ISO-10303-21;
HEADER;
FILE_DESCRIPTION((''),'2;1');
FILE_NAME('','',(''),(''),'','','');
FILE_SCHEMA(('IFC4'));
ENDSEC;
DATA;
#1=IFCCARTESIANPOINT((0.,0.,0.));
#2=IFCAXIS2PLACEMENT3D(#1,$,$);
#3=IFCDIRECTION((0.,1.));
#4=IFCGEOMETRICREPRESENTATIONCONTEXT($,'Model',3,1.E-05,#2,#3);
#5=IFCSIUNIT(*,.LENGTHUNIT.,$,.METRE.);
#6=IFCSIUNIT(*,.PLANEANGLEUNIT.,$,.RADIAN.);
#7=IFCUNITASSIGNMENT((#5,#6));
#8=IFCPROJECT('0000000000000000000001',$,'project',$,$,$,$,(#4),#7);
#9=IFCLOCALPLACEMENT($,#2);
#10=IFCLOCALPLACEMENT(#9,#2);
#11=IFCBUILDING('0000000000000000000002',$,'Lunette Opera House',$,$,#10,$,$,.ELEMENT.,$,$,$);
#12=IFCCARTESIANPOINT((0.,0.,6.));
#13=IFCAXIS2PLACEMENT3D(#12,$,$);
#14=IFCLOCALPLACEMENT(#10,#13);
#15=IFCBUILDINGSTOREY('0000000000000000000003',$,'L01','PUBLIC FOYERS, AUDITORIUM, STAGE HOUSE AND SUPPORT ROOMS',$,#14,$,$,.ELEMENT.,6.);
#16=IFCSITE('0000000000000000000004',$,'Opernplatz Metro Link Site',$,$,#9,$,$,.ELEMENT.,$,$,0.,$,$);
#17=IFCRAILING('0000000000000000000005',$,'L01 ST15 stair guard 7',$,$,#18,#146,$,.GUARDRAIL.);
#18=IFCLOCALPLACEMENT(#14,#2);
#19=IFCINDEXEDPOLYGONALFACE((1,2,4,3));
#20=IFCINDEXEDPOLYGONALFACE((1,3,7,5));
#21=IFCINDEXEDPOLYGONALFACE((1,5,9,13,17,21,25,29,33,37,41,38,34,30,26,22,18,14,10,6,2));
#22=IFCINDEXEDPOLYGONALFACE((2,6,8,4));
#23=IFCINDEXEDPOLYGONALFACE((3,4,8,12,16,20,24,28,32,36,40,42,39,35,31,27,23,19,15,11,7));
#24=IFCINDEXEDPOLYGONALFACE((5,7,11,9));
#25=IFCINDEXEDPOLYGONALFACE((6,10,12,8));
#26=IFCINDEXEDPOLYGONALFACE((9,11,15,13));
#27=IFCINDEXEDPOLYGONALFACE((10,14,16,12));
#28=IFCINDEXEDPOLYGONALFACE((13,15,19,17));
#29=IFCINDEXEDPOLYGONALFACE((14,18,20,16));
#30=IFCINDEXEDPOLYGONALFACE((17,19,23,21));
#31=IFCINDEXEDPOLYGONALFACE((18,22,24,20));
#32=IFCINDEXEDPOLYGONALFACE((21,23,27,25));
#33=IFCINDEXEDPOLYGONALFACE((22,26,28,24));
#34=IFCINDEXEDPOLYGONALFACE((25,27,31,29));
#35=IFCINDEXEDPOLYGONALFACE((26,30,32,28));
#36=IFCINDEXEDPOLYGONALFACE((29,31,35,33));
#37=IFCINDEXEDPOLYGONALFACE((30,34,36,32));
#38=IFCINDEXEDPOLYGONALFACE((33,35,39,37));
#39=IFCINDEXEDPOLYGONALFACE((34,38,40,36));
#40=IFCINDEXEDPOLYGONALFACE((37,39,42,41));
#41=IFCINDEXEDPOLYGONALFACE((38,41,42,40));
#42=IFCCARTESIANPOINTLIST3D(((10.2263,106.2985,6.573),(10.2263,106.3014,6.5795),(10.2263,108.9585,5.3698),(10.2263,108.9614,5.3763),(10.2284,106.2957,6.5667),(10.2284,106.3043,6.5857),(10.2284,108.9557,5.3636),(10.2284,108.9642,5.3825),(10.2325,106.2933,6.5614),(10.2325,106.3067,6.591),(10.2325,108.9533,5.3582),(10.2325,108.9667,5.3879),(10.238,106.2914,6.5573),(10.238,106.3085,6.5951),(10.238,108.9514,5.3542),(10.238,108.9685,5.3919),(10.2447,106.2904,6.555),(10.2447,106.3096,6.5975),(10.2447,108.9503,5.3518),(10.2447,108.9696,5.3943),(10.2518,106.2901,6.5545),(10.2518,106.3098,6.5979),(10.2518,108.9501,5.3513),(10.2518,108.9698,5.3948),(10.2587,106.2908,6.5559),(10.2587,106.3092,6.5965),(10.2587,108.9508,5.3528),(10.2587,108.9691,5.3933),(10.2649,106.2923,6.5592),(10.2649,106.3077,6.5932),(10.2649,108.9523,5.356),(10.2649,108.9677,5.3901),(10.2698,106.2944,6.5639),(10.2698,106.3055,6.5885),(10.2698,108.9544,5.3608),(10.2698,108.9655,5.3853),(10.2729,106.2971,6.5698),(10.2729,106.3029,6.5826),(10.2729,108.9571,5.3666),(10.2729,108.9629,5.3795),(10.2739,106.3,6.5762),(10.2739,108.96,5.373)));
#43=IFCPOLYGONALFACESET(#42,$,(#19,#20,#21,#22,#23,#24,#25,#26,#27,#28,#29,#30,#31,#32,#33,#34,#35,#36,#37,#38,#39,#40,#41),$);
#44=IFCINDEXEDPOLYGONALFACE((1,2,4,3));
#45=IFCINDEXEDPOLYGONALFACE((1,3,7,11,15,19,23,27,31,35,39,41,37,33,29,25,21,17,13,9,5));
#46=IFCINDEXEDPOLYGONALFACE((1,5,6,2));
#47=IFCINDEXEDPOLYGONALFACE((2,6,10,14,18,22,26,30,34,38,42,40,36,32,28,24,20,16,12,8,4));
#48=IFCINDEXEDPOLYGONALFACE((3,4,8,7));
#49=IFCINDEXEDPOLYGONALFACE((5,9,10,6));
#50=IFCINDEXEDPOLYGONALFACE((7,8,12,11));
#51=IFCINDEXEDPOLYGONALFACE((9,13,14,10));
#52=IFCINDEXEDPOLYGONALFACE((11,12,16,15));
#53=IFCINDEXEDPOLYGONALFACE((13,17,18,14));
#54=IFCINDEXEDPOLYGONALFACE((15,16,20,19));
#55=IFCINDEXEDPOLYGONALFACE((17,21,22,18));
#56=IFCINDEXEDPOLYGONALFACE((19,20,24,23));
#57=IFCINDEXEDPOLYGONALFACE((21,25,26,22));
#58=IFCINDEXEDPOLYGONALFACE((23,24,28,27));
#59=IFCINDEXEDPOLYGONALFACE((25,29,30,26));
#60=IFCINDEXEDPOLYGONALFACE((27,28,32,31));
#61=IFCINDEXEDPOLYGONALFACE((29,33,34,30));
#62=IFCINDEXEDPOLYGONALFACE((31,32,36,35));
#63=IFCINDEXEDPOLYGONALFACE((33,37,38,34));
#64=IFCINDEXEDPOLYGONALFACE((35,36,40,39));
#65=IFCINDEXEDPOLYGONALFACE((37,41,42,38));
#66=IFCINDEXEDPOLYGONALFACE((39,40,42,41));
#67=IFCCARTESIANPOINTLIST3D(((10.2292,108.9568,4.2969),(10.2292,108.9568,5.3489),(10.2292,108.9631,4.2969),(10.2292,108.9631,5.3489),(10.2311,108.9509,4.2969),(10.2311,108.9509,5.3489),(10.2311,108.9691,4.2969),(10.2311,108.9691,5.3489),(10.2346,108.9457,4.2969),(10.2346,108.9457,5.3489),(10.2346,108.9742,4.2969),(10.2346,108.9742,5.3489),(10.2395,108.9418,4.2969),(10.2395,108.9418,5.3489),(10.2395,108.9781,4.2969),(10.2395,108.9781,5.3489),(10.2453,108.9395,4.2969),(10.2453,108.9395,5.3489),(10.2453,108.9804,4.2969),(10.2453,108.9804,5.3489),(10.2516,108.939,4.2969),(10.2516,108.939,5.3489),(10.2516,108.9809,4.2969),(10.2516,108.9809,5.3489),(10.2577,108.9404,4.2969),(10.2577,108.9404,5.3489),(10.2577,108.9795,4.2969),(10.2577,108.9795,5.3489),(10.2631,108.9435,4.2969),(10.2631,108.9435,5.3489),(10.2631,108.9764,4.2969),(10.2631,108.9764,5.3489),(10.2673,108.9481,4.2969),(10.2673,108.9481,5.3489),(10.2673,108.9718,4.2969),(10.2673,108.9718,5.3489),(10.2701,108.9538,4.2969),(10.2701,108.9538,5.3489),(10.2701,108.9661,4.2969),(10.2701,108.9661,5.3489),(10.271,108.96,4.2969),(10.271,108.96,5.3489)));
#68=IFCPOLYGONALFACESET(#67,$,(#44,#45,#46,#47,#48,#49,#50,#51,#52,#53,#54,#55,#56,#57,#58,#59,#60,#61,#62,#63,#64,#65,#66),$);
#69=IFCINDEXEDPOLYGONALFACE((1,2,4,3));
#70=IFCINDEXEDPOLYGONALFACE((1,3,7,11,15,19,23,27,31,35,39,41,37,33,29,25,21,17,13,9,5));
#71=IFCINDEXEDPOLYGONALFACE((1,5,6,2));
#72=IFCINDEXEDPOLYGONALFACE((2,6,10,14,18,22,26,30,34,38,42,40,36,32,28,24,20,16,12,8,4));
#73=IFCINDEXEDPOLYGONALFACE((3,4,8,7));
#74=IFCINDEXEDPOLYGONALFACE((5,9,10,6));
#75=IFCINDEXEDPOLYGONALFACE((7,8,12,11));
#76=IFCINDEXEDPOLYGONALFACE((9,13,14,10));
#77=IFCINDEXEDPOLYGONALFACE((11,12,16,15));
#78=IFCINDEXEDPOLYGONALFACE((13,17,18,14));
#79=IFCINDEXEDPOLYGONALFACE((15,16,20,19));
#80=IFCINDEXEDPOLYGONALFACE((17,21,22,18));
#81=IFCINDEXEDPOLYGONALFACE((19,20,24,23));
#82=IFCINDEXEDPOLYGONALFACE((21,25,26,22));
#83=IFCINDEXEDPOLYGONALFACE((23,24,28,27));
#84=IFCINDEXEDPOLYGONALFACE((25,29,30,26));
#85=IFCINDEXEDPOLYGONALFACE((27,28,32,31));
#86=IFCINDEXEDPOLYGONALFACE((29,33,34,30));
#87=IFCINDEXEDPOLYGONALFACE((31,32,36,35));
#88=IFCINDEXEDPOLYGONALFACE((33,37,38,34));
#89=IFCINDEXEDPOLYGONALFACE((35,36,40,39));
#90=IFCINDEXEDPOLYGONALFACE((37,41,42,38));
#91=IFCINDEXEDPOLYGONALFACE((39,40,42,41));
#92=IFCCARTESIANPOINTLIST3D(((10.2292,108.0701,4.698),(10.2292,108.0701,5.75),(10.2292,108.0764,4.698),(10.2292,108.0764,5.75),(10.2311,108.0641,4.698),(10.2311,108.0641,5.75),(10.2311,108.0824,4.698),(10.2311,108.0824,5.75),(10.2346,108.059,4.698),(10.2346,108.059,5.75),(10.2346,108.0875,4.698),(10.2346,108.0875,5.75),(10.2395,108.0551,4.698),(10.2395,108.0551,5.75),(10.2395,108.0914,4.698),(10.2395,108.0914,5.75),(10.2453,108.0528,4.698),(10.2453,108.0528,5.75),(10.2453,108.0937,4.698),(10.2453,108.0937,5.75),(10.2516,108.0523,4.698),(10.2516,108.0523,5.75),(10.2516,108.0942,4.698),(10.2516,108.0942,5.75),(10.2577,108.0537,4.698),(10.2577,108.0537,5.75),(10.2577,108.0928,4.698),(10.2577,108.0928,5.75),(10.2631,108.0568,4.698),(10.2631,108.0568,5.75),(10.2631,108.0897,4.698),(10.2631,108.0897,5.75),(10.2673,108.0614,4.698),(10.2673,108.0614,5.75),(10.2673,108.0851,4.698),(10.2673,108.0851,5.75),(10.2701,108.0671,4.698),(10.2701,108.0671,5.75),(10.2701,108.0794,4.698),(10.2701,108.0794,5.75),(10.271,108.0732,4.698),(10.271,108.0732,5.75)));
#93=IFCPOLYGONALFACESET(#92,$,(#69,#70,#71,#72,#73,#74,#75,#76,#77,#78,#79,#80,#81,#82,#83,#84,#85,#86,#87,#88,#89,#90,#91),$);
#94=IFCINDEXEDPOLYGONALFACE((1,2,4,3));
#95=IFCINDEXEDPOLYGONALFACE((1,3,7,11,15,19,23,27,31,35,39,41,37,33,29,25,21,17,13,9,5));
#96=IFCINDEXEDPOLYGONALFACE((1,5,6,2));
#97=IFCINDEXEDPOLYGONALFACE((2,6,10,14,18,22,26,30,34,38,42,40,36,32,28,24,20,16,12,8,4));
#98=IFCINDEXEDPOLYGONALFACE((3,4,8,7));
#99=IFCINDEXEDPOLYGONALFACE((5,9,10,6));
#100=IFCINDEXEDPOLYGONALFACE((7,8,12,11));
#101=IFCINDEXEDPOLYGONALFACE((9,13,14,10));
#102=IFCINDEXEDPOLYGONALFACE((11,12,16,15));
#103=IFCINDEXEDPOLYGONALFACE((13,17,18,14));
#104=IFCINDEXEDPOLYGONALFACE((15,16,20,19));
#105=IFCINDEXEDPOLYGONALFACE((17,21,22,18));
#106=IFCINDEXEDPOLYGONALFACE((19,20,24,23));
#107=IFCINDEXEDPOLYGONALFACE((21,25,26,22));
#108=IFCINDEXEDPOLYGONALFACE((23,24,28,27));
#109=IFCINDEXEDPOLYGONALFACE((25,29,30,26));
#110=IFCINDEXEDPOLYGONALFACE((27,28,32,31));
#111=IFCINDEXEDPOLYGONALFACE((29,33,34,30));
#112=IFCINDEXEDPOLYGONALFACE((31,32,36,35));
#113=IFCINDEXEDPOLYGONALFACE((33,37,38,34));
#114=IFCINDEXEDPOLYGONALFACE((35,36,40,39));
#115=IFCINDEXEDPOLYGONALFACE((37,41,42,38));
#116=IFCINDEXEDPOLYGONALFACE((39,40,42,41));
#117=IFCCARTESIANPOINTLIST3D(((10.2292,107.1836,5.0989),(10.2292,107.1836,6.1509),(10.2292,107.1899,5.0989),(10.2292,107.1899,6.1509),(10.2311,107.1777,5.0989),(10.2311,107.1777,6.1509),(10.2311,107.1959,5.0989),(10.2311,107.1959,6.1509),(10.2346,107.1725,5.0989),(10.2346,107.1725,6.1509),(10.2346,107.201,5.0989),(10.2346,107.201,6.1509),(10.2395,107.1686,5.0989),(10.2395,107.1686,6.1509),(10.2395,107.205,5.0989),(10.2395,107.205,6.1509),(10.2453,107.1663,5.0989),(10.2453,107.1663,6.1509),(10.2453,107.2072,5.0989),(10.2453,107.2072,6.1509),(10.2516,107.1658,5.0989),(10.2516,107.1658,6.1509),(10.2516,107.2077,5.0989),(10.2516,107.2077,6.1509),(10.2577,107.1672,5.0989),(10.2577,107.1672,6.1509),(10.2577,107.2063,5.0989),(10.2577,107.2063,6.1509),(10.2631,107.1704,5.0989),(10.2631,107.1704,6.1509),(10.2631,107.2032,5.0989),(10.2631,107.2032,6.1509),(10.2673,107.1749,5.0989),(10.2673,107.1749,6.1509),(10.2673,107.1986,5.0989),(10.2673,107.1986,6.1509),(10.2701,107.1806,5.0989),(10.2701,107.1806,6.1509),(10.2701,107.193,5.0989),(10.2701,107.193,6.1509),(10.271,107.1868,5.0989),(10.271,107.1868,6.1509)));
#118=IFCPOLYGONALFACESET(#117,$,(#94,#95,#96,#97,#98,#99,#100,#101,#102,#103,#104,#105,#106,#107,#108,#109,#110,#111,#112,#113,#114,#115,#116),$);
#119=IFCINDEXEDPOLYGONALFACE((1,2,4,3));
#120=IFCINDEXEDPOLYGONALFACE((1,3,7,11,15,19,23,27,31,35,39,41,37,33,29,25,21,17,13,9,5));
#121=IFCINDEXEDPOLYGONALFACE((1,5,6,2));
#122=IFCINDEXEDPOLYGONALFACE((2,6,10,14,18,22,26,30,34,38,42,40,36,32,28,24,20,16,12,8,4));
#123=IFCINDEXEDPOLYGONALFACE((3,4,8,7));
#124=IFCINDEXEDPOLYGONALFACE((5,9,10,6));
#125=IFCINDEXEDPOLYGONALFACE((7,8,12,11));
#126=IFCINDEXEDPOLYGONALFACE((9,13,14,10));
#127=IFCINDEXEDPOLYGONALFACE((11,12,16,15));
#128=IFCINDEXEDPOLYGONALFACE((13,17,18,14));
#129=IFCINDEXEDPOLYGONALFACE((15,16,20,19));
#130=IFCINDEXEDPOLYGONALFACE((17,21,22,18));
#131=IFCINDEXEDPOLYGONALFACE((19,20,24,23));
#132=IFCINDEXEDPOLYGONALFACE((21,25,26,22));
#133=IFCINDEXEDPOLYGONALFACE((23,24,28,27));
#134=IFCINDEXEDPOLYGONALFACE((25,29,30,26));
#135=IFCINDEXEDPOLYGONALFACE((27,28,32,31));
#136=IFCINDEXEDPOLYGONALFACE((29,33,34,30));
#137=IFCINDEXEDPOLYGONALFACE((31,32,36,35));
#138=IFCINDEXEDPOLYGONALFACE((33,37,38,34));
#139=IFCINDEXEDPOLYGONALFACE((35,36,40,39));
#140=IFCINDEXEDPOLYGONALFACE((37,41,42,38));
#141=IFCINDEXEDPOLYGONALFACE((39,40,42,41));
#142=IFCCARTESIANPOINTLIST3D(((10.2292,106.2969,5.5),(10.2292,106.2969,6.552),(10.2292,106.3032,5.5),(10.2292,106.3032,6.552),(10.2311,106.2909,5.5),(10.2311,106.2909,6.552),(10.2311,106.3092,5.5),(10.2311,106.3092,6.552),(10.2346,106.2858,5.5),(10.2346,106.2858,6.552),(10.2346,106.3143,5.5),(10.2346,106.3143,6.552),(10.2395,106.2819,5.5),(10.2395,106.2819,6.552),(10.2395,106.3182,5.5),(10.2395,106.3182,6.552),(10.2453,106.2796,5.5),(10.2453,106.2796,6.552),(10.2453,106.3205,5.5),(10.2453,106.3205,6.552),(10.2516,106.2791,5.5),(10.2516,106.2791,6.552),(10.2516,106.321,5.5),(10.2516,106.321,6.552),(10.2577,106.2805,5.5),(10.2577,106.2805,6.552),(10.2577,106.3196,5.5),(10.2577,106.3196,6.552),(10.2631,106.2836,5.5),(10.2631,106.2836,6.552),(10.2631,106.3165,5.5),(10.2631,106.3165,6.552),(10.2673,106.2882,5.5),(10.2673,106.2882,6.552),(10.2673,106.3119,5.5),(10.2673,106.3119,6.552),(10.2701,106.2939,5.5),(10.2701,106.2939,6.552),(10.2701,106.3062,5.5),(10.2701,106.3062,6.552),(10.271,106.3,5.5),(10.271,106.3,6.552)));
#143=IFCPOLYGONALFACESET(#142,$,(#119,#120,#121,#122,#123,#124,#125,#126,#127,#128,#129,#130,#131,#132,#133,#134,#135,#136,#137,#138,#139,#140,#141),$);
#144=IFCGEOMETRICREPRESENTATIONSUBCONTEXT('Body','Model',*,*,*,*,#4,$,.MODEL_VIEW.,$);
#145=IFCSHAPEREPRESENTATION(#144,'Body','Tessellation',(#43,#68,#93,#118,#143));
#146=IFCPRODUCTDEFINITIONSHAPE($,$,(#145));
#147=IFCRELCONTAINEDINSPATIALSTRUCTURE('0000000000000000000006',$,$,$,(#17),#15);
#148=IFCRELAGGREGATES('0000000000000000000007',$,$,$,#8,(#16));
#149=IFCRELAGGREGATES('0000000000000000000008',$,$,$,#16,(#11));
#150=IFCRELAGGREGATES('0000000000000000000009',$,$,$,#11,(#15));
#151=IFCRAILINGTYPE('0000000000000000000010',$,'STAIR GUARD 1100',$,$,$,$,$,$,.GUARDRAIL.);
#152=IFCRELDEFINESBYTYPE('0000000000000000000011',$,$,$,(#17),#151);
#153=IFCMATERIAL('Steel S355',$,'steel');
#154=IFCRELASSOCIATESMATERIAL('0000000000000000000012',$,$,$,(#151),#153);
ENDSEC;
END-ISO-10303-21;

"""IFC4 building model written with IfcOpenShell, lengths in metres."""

from ifc_helpers import new_model, si_unit, direction, frame, origin, origin_2d, place, context, subcontext, project, spatial, circle, extrude, material, type_object, element, save


model = new_model("IFC4")

# Units and contexts
model_context = context("Model", 3, precision=1e-05, world=origin(), true_north=direction((0.0, 1.0)))
body_context = subcontext(model_context, "Body", "Model", "MODEL_VIEW")
ifc_project = project(units=[si_unit("LENGTHUNIT", "METRE"), si_unit("PLANEANGLEUNIT", "RADIAN")], contexts=[model_context])

# Site, building, storey
site_placement = place(None, origin())
site = spatial("IfcSite", under=ifc_project, at=site_placement, Name="Opernplatz Metro Link Site", CompositionType="ELEMENT", RefElevation=0.0)
building_placement = place(site_placement, origin())
building = spatial("IfcBuilding", under=site, at=building_placement, Name="Lunette Opera House", CompositionType="ELEMENT")
storey_placement = place(building_placement, frame((0.0, 0.0, 6.0)))
storey = spatial("IfcBuildingStorey", under=building, at=storey_placement, Name="L01", Description="PUBLIC FOYERS, AUDITORIUM, STAGE HOUSE AND SUPPORT ROOMS", CompositionType="ELEMENT", Elevation=6.0)

# Railing
ifc_material_1 = material(Name="Steel S355", Category="steel")
railing_type_1 = type_object("IfcRailingType", Name="STAIR GUARD 1100", PredefinedType="GUARDRAIL", material=ifc_material_1)
railing_1_placement = place(storey_placement, frame((10.25, 108.96, 4.2969)))
element("IfcRailing", 1, at=railing_1_placement, inside=storey, type_object=railing_type_1, Name="L01 ST15 stair guard 7", PredefinedType="GUARDRAIL", context=body_context, shape_type="SweptSolid", body=[
    extrude(circle(Radius=0.0239, at=origin_2d()), frame((0.0, 0.0, 1.0762), z_axis=(0.0, -0.91113, 0.41212), x_axis=(1.0, 0.0, 0.0)), (0.0, 0.0, 1.0), 2.9194),
    extrude(circle(Radius=0.021, at=origin_2d()), origin(), (0.0, 0.0, 1.0), 1.052),
    extrude(circle(Radius=0.021, at=origin_2d()), frame((0.0, -0.8867, 0.4011)), (0.0, 0.0, 1.0), 1.052),
    extrude(circle(Radius=0.021, at=origin_2d()), frame((0.0, -1.7732, 0.802)), (0.0, 0.0, 1.0), 1.052),
    extrude(circle(Radius=0.021, at=origin_2d()), frame((0.0, -2.6599, 1.2031)), (0.0, 0.0, 1.0), 1.052),
])

save(model, "model.ifc")
